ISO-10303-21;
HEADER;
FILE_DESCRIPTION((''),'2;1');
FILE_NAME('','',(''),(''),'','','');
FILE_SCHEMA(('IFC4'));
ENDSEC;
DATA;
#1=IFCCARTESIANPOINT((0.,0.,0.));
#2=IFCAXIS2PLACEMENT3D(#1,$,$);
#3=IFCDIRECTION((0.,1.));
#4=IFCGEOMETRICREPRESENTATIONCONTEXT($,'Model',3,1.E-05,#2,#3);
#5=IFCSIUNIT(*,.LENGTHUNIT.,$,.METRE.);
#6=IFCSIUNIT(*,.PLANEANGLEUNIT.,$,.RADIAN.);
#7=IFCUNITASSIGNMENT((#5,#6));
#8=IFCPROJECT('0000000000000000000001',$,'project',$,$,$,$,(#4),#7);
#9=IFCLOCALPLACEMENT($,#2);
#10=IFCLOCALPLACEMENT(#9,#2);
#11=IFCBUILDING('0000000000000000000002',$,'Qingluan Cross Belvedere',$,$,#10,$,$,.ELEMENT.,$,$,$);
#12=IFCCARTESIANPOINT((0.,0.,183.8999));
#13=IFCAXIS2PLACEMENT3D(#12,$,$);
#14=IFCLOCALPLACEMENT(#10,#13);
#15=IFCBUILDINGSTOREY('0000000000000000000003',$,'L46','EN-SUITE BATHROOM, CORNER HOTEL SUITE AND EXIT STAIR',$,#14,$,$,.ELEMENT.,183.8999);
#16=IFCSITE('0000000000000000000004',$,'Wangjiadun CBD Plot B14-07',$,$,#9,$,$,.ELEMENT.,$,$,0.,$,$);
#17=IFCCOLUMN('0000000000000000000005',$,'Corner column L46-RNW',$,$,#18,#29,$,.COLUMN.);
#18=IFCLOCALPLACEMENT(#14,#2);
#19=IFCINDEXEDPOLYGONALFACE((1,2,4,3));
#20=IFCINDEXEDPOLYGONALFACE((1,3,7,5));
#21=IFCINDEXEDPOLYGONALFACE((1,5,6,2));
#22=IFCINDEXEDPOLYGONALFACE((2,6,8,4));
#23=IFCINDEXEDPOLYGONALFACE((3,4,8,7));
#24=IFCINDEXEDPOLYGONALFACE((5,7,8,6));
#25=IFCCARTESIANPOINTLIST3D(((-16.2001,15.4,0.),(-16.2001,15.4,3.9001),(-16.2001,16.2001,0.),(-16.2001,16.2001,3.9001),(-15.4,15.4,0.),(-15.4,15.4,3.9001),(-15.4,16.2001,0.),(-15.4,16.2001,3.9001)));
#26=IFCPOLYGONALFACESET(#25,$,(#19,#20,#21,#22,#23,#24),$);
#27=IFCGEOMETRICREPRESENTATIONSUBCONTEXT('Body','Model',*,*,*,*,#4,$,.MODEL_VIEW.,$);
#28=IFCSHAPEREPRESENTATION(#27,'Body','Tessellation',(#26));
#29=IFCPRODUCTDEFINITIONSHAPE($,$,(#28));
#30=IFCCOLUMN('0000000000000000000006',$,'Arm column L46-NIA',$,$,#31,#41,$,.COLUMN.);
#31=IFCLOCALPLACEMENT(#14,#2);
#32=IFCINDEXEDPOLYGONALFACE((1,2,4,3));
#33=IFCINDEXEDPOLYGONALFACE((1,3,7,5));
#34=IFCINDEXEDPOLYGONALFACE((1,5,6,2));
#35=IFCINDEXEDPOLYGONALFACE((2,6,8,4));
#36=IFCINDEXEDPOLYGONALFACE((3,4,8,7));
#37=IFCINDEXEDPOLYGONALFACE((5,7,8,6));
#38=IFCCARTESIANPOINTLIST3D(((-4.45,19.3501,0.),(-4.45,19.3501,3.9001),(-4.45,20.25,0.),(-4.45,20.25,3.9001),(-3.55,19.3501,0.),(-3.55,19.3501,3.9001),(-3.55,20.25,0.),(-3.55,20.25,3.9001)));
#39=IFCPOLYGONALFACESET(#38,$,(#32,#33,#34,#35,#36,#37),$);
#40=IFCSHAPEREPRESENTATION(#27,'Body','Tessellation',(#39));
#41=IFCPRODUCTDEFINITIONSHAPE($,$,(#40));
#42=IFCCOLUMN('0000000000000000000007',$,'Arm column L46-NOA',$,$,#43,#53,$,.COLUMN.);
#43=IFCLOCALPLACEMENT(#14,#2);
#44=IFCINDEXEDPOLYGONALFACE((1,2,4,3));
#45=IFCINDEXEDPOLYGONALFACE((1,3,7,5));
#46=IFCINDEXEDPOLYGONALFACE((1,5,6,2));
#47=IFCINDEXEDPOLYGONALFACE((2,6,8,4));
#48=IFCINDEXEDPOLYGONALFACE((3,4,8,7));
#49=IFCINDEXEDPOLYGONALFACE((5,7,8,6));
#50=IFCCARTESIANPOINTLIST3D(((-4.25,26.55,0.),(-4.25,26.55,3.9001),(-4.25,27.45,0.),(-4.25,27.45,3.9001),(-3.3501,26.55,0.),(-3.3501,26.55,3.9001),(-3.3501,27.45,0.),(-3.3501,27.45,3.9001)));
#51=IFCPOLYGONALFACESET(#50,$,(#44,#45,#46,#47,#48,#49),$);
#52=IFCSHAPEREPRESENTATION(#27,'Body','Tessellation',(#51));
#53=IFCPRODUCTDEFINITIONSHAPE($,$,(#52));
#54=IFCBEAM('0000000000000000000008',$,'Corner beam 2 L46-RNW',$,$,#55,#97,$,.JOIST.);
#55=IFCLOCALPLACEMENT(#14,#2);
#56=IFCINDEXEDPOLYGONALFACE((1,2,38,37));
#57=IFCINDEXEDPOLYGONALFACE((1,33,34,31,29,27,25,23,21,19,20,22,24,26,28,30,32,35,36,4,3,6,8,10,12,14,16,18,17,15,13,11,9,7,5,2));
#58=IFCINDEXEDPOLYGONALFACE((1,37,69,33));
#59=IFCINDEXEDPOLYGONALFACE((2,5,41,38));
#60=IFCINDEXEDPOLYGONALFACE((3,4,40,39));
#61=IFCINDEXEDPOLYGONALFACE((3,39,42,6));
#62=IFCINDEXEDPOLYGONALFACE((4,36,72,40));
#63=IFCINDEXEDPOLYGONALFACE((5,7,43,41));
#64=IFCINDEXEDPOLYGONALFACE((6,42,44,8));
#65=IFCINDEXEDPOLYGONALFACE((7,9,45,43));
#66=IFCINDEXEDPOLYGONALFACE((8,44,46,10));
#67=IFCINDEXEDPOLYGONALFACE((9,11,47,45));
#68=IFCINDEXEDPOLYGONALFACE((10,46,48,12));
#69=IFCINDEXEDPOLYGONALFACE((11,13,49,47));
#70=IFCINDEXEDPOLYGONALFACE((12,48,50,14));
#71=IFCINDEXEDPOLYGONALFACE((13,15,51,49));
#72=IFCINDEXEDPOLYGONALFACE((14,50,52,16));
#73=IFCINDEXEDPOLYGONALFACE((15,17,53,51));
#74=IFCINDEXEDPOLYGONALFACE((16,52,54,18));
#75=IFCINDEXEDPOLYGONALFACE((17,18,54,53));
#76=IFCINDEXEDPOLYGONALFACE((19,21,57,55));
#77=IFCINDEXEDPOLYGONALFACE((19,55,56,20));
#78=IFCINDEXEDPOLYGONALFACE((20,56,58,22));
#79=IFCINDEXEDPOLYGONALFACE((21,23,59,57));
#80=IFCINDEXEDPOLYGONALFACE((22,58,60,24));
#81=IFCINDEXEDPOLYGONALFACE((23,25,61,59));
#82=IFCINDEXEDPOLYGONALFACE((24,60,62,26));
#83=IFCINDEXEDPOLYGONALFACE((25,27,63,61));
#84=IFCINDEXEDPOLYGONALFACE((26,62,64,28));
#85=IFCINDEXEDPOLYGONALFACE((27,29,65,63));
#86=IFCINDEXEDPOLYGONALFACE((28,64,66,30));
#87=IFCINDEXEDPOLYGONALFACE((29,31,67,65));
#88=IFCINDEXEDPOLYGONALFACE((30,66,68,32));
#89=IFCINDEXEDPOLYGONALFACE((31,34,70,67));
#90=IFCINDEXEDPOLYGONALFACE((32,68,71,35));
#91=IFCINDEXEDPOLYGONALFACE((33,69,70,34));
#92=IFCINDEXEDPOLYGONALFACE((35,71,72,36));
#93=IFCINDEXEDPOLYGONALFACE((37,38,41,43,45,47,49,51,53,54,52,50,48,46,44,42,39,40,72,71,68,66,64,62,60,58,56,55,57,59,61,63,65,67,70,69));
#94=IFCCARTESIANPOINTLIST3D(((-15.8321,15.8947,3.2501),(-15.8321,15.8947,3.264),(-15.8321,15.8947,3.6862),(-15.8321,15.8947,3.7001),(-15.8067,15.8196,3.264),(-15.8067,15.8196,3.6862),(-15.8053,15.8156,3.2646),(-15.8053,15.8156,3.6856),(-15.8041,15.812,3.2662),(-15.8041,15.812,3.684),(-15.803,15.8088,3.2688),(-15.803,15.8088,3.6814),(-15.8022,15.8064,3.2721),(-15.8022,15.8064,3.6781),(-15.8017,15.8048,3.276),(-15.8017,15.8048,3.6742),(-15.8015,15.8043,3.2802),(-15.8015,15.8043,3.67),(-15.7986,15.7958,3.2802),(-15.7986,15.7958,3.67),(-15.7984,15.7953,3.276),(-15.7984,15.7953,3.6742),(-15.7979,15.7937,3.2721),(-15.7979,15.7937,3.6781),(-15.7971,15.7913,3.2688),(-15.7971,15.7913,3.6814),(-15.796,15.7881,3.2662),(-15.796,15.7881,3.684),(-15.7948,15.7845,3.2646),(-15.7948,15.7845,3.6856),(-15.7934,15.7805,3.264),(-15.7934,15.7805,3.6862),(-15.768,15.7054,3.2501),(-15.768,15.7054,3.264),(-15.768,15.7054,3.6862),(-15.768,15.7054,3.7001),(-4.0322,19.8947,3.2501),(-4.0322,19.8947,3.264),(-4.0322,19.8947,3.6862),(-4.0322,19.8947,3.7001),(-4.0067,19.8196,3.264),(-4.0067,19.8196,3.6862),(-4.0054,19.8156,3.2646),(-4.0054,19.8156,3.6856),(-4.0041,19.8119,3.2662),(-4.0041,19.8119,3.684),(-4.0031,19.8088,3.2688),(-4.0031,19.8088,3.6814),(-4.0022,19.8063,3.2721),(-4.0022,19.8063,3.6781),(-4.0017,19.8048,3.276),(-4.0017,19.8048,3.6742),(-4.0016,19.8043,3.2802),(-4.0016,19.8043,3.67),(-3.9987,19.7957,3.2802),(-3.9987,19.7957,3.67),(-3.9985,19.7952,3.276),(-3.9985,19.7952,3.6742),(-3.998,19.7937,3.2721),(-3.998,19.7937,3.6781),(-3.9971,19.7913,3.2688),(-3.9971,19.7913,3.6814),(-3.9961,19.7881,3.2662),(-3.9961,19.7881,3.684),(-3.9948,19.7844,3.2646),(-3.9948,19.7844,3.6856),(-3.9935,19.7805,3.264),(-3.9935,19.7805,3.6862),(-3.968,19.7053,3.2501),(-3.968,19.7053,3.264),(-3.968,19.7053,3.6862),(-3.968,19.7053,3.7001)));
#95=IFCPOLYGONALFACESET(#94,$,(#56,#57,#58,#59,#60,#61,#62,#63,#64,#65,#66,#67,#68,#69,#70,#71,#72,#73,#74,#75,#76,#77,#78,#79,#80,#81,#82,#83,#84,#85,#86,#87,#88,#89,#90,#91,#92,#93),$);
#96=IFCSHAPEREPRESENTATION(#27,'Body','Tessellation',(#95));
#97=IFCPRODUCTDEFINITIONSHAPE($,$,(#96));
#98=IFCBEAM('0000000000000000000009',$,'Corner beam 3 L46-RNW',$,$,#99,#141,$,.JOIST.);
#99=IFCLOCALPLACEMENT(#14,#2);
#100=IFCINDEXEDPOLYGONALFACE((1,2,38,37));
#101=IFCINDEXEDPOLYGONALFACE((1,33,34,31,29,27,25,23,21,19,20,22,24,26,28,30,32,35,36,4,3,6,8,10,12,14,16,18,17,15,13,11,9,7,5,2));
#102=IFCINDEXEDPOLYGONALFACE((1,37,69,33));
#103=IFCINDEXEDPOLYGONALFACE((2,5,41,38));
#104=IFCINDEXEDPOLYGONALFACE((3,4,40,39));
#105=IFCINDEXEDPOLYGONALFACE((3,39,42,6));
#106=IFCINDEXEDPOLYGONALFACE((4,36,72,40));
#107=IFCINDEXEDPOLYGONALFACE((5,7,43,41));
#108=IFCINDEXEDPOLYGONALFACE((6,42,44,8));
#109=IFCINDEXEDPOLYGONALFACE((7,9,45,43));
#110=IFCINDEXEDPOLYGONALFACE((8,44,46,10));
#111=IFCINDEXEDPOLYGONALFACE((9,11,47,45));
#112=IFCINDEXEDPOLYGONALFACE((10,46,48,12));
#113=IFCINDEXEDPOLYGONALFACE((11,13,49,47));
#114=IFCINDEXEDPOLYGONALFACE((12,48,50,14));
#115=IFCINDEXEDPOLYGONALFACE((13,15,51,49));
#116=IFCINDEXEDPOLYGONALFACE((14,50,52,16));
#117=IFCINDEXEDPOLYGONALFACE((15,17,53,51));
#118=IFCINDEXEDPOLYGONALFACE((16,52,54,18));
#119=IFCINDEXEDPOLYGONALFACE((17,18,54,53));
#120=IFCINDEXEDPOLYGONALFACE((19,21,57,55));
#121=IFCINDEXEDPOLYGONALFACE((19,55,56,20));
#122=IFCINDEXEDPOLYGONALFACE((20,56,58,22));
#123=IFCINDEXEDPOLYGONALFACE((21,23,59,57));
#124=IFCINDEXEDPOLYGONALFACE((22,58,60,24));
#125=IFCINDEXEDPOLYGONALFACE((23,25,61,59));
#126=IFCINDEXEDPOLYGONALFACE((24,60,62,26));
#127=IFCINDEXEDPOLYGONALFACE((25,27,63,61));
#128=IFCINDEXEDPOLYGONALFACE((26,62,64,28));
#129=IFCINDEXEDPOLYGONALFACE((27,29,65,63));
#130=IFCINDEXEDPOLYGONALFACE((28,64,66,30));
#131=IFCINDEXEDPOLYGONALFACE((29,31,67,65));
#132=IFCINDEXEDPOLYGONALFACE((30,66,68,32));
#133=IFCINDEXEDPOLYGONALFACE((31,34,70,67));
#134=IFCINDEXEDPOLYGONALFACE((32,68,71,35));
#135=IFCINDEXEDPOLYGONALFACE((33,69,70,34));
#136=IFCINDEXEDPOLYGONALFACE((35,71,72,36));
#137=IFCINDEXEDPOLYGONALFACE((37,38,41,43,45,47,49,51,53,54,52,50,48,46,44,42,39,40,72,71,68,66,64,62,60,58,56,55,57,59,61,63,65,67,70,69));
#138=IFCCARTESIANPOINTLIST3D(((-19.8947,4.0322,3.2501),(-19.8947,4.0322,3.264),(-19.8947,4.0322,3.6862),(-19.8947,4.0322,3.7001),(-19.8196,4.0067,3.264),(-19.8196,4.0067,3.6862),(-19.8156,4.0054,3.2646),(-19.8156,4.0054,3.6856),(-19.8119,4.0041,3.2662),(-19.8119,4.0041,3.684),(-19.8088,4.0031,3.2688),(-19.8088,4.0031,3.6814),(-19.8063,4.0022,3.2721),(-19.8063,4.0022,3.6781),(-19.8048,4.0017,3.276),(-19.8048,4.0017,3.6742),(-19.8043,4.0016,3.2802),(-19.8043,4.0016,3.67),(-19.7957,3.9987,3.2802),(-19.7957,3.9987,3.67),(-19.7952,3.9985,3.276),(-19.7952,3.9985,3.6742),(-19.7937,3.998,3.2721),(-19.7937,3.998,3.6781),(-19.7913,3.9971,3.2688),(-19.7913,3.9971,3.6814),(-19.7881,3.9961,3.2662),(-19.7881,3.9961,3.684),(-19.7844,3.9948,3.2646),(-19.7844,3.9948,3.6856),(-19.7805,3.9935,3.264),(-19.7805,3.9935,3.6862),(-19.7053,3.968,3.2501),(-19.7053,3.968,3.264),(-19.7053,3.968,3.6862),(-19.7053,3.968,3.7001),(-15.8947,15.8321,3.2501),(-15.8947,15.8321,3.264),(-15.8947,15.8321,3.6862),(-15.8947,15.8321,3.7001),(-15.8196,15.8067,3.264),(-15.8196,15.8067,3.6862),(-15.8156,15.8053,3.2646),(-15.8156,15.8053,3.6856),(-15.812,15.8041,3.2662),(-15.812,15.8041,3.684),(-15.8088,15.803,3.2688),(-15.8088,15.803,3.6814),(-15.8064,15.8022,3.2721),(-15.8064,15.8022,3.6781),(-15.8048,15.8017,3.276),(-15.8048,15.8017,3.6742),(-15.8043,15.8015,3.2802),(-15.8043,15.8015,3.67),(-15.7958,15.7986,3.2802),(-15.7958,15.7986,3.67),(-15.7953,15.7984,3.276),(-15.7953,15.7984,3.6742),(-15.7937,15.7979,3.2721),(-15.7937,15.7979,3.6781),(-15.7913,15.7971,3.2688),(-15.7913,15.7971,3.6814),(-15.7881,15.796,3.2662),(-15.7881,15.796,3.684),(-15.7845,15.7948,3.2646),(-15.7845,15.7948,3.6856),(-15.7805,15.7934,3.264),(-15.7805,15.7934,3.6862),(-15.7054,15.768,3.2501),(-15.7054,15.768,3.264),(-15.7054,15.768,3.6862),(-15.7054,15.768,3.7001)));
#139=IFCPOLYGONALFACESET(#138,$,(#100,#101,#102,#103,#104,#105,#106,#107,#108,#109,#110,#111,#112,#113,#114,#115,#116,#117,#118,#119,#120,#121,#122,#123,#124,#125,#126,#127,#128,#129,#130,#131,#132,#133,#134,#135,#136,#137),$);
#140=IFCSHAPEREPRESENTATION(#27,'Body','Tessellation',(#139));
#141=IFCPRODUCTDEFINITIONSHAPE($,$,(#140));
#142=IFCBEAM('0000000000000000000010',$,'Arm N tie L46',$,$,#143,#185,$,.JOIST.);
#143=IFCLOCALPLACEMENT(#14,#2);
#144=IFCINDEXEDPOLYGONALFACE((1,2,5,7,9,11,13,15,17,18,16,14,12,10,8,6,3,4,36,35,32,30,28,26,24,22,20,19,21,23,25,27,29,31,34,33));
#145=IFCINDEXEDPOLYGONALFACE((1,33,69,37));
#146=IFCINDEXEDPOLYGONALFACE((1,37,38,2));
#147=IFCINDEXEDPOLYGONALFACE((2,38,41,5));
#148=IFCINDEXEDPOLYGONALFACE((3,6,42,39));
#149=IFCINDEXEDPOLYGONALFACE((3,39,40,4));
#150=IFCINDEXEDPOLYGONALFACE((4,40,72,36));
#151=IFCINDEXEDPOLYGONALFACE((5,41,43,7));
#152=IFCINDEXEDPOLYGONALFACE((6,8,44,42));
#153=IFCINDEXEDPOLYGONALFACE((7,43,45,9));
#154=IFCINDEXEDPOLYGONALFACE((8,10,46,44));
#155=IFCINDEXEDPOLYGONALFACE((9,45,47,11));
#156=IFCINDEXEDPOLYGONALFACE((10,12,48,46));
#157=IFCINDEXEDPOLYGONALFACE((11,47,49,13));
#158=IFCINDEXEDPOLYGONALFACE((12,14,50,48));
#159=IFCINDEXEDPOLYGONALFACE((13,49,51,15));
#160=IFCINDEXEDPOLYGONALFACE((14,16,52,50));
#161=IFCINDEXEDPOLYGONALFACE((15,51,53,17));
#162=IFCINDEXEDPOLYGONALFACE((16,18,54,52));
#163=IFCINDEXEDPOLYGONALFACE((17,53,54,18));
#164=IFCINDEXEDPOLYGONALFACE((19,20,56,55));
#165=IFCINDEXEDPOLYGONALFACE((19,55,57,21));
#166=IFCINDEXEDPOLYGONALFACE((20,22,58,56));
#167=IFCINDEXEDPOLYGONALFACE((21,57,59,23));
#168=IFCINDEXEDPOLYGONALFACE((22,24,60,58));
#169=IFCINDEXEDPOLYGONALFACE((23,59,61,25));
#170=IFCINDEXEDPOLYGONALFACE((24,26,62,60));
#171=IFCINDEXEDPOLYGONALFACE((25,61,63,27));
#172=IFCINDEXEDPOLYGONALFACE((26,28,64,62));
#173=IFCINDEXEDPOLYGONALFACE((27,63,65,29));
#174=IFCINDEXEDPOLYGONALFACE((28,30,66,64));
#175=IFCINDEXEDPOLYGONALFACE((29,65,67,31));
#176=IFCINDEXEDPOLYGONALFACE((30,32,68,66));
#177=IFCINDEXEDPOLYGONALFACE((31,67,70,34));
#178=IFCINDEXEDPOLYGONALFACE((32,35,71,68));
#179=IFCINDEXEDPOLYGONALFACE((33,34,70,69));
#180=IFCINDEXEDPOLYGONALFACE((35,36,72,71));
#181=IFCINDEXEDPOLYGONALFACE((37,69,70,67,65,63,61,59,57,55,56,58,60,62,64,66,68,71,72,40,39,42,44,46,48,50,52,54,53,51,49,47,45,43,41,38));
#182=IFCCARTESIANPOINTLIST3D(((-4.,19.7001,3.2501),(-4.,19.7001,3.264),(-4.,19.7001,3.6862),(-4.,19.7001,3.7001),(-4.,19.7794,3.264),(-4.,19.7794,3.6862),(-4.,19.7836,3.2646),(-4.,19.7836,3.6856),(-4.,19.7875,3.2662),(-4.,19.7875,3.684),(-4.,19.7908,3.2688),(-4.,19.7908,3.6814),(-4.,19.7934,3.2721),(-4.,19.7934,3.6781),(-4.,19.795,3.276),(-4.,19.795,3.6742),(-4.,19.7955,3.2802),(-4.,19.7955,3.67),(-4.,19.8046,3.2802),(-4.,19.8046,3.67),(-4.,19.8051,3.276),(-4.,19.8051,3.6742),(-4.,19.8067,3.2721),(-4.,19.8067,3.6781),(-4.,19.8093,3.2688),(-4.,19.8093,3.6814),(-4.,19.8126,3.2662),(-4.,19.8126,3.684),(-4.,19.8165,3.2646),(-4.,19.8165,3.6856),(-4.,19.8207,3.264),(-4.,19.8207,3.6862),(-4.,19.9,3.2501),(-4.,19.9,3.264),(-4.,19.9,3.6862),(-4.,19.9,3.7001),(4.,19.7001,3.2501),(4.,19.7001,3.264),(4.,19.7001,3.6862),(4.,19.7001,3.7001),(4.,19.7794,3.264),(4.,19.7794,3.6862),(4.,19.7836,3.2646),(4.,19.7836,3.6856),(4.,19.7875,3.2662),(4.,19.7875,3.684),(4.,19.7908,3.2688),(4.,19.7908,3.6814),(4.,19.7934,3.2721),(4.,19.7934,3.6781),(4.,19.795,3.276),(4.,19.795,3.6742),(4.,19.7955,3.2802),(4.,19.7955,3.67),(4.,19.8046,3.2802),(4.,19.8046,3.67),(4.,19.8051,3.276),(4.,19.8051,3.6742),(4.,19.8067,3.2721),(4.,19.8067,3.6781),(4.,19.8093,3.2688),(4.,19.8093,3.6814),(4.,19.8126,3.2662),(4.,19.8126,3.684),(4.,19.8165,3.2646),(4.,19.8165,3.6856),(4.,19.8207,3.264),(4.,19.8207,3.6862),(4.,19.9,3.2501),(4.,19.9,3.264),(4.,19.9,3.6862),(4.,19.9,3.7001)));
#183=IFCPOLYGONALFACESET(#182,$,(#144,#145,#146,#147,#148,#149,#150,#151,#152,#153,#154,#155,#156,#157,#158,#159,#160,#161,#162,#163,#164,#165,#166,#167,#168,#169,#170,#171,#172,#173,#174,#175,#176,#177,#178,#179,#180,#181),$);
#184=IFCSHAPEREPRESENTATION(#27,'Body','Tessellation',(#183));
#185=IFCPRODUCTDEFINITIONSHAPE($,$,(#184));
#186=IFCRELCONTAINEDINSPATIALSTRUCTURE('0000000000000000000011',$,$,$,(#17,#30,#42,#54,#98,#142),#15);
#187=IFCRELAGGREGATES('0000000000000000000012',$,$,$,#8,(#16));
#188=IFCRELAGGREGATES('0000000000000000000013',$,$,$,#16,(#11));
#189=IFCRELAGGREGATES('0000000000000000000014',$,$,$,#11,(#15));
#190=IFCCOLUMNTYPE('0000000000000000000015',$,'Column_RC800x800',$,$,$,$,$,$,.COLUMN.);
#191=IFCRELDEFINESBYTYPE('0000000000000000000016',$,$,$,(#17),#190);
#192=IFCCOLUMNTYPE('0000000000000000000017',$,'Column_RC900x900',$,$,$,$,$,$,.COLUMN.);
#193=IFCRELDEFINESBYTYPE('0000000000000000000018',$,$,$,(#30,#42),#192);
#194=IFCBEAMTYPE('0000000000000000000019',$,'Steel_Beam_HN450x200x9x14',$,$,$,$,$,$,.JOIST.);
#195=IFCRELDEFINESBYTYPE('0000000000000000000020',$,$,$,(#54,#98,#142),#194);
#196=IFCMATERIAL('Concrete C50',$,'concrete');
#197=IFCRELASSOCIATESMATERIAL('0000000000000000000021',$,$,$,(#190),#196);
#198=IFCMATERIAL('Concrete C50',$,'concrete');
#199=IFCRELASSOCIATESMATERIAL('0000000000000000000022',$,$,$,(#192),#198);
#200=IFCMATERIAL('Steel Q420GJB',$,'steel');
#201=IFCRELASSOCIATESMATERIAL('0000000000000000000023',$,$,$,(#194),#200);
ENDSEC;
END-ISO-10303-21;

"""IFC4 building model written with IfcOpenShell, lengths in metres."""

from ifc_helpers import new_model, si_unit, direction, frame, origin, origin_2d, place, context, subcontext, project, spatial, rectangle, i_section, extrude, material, material_profile, profile_set, type_object, element, save


model = new_model("IFC4")

# Units and contexts
model_context = context("Model", 3, precision=1e-05, world=origin(), true_north=direction((0.0, 1.0)))
body_context = subcontext(model_context, "Body", "Model", "MODEL_VIEW")
ifc_project = project(units=[si_unit("LENGTHUNIT", "METRE"), si_unit("PLANEANGLEUNIT", "RADIAN")], contexts=[model_context])

# Site, building, storey
site_placement = place(None, origin())
site = spatial("IfcSite", under=ifc_project, at=site_placement, Name="Wangjiadun CBD Plot B14-07", CompositionType="ELEMENT", RefElevation=0.0)
building_placement = place(site_placement, origin())
building = spatial("IfcBuilding", under=site, at=building_placement, Name="Qingluan Cross Belvedere", CompositionType="ELEMENT")
storey_placement = place(building_placement, frame((0.0, 0.0, 183.8999)))
storey = spatial("IfcBuildingStorey", under=building, at=storey_placement, Name="L46", Description="EN-SUITE BATHROOM, CORNER HOTEL SUITE AND EXIT STAIR", CompositionType="ELEMENT", Elevation=183.8999)

# Columns
ifc_material_1 = material(Name="Concrete C50", Category="concrete")
ifc_material_profile_1 = material_profile(ifc_material_1, rectangle(XDim=0.8, YDim=0.8, at=origin_2d()), Name="RC800x800")
ifc_profile_set_1 = profile_set([ifc_material_profile_1], Name="Concrete C50")
column_type_1 = type_object("IfcColumnType", Name="Column_RC800x800", PredefinedType="COLUMN", material=ifc_profile_set_1)
column_placement = place(storey_placement, frame((-15.8, 15.8, 0.0), z_axis=(0.0, 0.0, 1.0), x_axis=(1.0, 0.0, 0.0)))
element("IfcColumn", 1, at=column_placement, inside=storey, type_object=column_type_1, Name="Corner column L46-RNW", PredefinedType="COLUMN", context=body_context, shape_type="SweptSolid", body=[
    extrude(rectangle(XDim=0.8, YDim=0.8, at=origin_2d()), origin(), (0.0, 0.0, 1.0), 3.9001),
])
ifc_material_2 = material(Name="Concrete C50", Category="concrete")
ifc_material_profile_2 = material_profile(ifc_material_2, rectangle(XDim=0.8999, YDim=0.8999, at=origin_2d()), Name="RC900x900")
ifc_profile_set_2 = profile_set([ifc_material_profile_2], Name="Concrete C50")
column_type_2 = type_object("IfcColumnType", Name="Column_RC900x900", PredefinedType="COLUMN", material=ifc_profile_set_2)
for number, where, z_axis, x_axis, name in (
    (2, (-4.0, 19.8, 0.0), (0.0, 0.0, 1.0), (1.0, 0.0, 0.0), "Arm column L46-NIA"),
    (3, (-3.8, 27.0, 0.0), (0.0, 0.0, 1.0), (1.0, 0.0, 0.0), "Arm column L46-NOA"),
):
    element("IfcColumn", number, at=place(storey_placement, frame(where, z_axis=z_axis, x_axis=x_axis)), inside=storey, type_object=column_type_2, Name=name, PredefinedType="COLUMN", context=body_context, shape_type="SweptSolid", body=[
        extrude(rectangle(XDim=0.8999, YDim=0.8999, at=origin_2d()), origin(), (0.0, 0.0, 1.0), 3.9001),
    ])

# Beams
ifc_material_3 = material(Name="Steel Q420GJB", Category="steel")
ifc_material_profile_3 = material_profile(ifc_material_3, i_section(OverallWidth=0.2, OverallDepth=0.45, WebThickness=0.009, FlangeThickness=0.0139, FilletRadius=0.0161, at=origin_2d()), Name="HN450x200x9x14")
ifc_profile_set_3 = profile_set([ifc_material_profile_3], Name="Steel Q420GJB")
beam_type_1 = type_object("IfcBeamType", Name="Steel_Beam_HN450x200x9x14", PredefinedType="JOIST", material=ifc_profile_set_3)
for number, where, z_axis, x_axis, name in (
    (4, (-15.8, 15.8, 3.4751), (0.947066, 0.321038, 0.0), (-0.321038, 0.947066, 0.0), "Corner beam 2 L46-RNW"),
    (5, (-15.8, 15.8, 3.4751), (-0.321038, -0.947066, 0.0), (0.947066, -0.321038, 0.0), "Corner beam 3 L46-RNW"),
):
    element("IfcBeam", number, at=place(storey_placement, frame(where, z_axis=z_axis, x_axis=x_axis)), inside=storey, type_object=beam_type_1, Name=name, PredefinedType="JOIST", context=body_context, shape_type="SweptSolid", body=[
        extrude(i_section(OverallWidth=0.2, OverallDepth=0.45, WebThickness=0.009, FlangeThickness=0.0139, FilletRadius=0.0161, at=origin_2d()), origin(), (0.0, 0.0, 1.0), 12.4595),
    ])
for number, where, z_axis, x_axis, name in (
    (6, (-4.0, 19.8, 3.4751), (1.0, 0.0, 0.0), (0.0, 1.0, 0.0), "Arm N tie L46"),
):
    element("IfcBeam", number, at=place(storey_placement, frame(where, z_axis=z_axis, x_axis=x_axis)), inside=storey, type_object=beam_type_1, Name=name, PredefinedType="JOIST", context=body_context, shape_type="SweptSolid", body=[
        extrude(i_section(OverallWidth=0.2, OverallDepth=0.45, WebThickness=0.009, FlangeThickness=0.0139, FilletRadius=0.0161, at=origin_2d()), origin(), (0.0, 0.0, 1.0), 8.0),
    ])

save(model, "model.ifc")
